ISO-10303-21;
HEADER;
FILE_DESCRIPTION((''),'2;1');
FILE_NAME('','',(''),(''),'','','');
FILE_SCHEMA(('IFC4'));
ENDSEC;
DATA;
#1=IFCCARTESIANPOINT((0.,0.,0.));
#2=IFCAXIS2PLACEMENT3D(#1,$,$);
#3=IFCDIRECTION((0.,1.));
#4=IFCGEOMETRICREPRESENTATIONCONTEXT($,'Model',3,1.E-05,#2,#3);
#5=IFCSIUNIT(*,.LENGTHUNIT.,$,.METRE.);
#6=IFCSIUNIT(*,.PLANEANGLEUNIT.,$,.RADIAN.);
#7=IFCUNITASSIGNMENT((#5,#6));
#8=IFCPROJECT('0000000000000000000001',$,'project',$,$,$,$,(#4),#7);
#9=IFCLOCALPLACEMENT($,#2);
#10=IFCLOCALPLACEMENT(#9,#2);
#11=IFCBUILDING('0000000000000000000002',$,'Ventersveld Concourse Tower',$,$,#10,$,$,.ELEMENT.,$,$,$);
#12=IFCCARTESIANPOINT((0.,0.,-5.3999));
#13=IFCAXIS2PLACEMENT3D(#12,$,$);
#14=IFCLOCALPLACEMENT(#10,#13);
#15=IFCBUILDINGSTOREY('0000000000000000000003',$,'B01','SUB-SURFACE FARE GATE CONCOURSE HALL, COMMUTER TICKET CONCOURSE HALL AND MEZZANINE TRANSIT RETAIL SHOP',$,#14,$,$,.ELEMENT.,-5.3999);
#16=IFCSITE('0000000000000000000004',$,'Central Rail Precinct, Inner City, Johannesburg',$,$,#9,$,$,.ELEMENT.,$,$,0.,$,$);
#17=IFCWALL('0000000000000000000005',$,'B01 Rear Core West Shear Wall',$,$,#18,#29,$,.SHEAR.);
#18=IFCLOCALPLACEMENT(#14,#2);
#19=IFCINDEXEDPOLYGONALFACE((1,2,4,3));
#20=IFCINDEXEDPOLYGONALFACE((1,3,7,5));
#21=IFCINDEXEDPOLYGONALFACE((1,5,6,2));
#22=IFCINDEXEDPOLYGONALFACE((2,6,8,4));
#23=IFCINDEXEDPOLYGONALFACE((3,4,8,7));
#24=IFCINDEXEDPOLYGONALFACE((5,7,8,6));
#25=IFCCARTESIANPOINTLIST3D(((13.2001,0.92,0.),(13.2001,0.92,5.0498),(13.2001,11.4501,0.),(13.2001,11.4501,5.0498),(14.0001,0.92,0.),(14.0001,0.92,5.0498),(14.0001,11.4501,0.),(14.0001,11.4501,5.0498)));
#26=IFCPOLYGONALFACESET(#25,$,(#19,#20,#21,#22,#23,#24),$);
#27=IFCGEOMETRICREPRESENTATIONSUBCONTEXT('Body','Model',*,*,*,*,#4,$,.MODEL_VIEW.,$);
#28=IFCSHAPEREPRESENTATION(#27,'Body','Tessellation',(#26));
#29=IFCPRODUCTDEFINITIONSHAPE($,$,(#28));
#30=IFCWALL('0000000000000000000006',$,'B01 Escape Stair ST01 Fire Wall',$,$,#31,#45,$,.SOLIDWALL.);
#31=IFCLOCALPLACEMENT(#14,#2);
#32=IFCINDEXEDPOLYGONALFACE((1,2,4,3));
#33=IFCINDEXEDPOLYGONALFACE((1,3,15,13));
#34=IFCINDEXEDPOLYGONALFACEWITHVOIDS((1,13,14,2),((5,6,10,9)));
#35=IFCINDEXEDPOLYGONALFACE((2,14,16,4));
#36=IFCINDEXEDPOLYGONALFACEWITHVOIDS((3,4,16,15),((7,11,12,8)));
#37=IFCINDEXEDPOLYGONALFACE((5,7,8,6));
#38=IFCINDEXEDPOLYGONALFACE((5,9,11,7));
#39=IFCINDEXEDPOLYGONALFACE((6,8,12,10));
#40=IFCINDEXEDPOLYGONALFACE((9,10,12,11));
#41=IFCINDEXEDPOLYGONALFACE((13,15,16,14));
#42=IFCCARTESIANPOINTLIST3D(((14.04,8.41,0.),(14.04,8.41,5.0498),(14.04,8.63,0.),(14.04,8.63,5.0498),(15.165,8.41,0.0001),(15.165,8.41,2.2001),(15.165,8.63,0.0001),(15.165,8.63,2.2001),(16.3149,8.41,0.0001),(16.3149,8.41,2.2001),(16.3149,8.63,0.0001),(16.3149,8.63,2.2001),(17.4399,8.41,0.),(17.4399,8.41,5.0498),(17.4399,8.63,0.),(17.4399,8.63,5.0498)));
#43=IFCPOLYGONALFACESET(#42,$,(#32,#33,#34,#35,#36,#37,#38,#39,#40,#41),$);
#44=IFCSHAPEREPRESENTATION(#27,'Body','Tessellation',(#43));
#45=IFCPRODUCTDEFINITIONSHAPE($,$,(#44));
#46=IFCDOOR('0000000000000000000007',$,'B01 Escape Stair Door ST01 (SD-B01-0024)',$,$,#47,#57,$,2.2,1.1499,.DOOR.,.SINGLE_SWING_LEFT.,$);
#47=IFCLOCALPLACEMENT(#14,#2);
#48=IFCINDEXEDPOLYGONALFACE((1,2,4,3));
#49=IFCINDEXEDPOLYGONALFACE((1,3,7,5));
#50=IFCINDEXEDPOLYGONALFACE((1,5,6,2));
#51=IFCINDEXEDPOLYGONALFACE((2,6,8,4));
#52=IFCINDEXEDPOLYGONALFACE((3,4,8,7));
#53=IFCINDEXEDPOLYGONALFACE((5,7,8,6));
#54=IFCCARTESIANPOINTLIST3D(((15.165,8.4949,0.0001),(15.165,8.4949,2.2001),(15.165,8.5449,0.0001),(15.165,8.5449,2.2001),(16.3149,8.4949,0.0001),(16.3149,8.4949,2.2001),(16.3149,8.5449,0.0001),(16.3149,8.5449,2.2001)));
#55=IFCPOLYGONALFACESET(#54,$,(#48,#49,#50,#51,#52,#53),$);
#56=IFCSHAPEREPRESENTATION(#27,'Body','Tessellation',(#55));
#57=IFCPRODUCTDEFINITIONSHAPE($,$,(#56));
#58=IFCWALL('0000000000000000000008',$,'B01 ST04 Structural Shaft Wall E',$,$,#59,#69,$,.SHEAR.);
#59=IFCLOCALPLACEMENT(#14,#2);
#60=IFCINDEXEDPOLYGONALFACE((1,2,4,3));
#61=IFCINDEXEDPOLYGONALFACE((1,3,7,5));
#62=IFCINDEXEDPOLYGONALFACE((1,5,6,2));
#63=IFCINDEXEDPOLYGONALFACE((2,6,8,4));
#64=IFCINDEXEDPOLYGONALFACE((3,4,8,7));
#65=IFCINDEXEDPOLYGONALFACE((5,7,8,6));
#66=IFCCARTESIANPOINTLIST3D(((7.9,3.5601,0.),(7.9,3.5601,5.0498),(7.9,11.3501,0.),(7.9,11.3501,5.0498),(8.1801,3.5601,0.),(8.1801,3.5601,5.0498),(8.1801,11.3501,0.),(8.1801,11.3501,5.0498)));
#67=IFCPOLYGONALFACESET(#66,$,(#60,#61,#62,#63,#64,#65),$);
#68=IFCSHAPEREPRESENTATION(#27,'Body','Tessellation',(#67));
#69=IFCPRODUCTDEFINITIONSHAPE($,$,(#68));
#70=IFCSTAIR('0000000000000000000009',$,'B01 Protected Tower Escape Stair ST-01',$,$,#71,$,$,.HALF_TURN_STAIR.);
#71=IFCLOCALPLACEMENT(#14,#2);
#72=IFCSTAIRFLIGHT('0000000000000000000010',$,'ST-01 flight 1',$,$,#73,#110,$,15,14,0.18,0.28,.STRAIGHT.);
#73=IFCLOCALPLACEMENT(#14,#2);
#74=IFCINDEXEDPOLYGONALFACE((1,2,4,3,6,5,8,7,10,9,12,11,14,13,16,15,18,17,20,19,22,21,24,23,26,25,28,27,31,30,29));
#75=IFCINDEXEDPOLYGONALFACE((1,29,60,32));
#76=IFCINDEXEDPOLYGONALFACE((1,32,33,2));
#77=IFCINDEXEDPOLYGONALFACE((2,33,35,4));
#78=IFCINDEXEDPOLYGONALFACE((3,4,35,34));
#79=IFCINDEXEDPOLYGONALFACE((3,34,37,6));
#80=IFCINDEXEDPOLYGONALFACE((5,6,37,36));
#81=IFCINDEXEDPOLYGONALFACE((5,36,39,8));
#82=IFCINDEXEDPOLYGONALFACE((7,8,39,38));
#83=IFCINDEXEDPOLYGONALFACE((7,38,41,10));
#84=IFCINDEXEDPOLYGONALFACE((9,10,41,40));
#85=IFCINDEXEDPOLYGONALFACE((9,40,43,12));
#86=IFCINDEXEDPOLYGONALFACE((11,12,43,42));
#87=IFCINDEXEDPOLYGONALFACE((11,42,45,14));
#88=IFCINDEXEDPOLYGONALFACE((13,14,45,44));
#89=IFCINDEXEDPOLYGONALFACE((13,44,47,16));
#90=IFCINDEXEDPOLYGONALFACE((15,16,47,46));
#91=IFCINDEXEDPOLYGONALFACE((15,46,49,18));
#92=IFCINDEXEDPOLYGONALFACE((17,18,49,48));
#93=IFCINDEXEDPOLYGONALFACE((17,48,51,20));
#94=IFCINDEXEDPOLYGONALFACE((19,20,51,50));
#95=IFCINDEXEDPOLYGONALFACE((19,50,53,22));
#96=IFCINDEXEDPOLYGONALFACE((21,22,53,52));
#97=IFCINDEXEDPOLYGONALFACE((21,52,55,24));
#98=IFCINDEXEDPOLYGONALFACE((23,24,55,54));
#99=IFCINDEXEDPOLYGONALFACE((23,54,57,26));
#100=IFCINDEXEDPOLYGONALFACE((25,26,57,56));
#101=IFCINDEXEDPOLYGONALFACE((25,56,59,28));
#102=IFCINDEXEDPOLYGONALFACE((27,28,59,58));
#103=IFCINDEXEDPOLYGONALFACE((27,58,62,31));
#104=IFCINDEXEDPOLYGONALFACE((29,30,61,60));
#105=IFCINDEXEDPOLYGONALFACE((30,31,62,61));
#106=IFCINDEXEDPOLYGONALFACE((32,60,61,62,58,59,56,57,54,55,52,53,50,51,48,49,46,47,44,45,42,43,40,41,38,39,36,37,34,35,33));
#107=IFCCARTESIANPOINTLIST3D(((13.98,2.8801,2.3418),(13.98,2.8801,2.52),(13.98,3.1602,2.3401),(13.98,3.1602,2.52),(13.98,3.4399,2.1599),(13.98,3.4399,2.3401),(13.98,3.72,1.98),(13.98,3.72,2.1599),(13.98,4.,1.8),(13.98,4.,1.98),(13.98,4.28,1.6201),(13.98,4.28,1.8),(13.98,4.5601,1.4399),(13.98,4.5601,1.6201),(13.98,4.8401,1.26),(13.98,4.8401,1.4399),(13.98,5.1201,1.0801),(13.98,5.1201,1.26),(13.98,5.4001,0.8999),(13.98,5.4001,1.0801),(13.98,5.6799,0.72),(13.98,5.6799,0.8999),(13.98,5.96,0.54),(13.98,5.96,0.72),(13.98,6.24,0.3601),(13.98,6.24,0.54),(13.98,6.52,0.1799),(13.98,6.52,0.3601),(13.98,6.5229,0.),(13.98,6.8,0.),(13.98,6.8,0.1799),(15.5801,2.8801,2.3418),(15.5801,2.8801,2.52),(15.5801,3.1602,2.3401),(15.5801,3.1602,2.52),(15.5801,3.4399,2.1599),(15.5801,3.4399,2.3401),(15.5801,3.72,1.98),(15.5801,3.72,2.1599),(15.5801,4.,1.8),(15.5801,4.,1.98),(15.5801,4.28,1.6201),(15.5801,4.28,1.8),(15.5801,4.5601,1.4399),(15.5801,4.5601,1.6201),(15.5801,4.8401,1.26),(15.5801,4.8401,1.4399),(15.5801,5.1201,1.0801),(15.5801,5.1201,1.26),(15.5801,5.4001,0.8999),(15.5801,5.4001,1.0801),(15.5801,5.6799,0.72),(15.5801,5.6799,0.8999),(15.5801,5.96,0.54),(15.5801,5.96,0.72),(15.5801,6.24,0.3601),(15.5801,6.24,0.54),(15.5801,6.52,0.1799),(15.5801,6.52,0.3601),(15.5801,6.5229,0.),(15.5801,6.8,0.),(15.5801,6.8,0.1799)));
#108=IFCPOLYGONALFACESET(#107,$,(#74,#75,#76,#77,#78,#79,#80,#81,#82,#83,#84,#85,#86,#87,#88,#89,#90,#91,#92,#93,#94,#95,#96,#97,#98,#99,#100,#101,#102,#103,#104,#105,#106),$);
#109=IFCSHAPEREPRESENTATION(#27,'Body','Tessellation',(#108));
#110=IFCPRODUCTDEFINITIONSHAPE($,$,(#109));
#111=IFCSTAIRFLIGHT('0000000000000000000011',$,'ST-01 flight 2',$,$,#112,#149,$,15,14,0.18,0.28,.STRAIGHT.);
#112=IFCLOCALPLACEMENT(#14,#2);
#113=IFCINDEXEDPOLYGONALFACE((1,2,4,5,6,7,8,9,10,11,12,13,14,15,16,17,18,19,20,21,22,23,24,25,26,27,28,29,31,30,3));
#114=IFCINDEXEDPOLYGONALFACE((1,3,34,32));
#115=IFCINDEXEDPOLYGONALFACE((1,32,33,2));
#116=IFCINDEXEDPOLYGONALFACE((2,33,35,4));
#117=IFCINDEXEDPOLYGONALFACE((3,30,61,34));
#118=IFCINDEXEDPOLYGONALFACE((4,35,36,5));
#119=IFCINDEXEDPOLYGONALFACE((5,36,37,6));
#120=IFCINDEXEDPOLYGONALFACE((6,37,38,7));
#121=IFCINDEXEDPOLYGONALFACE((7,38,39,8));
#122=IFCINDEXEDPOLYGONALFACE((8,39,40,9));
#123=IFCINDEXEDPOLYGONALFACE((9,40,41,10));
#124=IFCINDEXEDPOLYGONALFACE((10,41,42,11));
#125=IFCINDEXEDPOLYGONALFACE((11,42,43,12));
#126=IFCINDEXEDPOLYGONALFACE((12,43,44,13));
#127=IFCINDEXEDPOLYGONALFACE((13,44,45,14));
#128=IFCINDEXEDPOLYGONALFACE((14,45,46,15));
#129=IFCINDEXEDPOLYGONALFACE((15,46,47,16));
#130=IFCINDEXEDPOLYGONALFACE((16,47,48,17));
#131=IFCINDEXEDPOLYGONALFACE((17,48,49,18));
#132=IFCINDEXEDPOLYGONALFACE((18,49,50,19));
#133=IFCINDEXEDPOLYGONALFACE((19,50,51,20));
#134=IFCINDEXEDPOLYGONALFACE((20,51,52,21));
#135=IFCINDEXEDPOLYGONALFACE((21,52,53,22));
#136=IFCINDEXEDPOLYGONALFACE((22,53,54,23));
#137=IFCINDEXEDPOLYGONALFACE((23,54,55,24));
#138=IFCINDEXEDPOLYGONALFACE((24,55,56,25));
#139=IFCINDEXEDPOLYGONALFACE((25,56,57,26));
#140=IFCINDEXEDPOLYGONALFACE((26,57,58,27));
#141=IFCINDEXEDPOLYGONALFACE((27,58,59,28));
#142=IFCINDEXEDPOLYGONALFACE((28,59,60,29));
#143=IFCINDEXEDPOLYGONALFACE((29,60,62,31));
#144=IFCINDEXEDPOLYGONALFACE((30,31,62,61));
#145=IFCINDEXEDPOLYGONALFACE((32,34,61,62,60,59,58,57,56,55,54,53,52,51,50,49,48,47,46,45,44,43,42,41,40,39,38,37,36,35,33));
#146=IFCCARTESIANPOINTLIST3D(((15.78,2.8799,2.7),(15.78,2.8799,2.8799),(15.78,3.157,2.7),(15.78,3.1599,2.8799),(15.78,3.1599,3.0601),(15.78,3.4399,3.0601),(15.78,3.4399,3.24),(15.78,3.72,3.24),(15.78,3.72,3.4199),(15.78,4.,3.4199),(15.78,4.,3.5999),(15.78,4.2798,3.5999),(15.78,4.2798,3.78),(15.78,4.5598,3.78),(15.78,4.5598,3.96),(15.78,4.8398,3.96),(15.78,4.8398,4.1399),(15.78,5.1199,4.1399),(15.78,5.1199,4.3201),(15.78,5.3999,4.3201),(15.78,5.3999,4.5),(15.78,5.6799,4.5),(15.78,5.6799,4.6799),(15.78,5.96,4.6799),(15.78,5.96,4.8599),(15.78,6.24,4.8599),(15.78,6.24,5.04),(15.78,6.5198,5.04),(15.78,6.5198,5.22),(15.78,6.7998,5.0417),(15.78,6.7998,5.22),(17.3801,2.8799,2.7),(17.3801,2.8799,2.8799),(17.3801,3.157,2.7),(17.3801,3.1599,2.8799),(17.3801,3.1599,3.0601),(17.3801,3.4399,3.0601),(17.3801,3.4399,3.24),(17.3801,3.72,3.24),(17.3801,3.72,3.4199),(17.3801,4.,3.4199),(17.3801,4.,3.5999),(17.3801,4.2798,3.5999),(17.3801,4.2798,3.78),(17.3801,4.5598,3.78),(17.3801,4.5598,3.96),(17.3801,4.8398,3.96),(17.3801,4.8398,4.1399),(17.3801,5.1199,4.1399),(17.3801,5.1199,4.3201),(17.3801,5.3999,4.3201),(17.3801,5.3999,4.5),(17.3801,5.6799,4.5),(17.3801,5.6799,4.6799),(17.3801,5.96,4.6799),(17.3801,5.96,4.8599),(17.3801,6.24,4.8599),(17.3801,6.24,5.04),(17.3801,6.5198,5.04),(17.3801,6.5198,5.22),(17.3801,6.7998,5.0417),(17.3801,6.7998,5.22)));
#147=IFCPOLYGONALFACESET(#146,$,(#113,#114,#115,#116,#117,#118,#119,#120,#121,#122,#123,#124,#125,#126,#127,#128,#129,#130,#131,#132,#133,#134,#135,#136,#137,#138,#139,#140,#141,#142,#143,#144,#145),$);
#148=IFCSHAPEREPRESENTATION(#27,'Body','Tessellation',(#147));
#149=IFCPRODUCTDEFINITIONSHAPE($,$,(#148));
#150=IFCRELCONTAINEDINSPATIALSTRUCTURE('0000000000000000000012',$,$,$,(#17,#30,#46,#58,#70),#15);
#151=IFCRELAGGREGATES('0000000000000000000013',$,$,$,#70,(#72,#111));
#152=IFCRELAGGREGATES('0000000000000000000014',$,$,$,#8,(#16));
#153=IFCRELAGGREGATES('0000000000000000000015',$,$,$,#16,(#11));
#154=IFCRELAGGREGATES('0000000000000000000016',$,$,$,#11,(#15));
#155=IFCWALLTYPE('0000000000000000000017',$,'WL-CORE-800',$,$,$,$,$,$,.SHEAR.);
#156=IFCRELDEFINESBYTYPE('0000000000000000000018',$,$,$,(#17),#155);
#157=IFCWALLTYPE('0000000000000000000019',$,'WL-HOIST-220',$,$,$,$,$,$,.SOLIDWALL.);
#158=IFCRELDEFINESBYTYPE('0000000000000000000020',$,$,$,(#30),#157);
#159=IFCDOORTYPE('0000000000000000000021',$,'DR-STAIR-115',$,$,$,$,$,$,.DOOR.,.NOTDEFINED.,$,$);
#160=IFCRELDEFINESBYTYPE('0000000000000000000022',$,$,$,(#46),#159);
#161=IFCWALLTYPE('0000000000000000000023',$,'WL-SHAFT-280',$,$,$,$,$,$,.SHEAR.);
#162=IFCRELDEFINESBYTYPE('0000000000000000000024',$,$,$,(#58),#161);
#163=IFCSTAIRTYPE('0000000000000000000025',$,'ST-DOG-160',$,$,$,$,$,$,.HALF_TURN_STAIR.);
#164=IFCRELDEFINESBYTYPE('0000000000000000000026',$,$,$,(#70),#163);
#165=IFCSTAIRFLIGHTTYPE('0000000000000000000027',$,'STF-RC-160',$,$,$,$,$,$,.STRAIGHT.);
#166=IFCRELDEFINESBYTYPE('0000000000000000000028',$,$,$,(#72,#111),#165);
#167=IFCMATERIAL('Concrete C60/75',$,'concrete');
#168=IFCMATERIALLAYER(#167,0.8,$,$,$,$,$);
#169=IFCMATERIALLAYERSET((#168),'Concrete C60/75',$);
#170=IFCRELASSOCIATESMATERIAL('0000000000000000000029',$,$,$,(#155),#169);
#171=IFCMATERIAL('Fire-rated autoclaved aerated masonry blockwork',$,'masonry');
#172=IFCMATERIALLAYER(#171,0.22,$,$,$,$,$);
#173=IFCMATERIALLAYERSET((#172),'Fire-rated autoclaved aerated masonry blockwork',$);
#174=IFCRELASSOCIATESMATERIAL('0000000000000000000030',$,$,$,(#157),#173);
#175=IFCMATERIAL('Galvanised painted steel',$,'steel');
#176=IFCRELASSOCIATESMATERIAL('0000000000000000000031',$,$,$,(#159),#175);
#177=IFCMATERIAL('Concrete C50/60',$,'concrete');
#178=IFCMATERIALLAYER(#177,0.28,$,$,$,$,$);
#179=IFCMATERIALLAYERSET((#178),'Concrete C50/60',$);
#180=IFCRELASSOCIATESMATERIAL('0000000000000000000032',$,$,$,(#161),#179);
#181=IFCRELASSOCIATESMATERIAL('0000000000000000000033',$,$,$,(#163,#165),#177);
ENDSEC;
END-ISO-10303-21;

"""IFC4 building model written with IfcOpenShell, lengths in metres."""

from ifc_helpers import new_model, si_unit, direction, frame, frame_2d, origin, place, context, subcontext, project, spatial, polyline, rectangle, outline, extrude, material, layer, layer_set, type_object, element, fill, aggregate, save


model = new_model("IFC4")

# Units and contexts
model_context = context("Model", 3, precision=1e-05, world=origin(), true_north=direction((0.0, 1.0)))
body_context = subcontext(model_context, "Body", "Model", "MODEL_VIEW")
ifc_project = project(units=[si_unit("LENGTHUNIT", "METRE"), si_unit("PLANEANGLEUNIT", "RADIAN")], contexts=[model_context])

# Site, building, storey
site_placement = place(None, origin())
site = spatial("IfcSite", under=ifc_project, at=site_placement, Name="Central Rail Precinct, Inner City, Johannesburg", CompositionType="ELEMENT", RefElevation=0.0)
building_placement = place(site_placement, origin())
building = spatial("IfcBuilding", under=site, at=building_placement, Name="Ventersveld Concourse Tower", CompositionType="ELEMENT")
storey_placement = place(building_placement, frame((0.0, 0.0, -5.3999)))
storey = spatial("IfcBuildingStorey", under=building, at=storey_placement, Name="B01", Description="SUB-SURFACE FARE GATE CONCOURSE HALL, COMMUTER TICKET CONCOURSE HALL AND MEZZANINE TRANSIT RETAIL SHOP", CompositionType="ELEMENT", Elevation=-5.3999)

# Shared definitions
ifc_material_1 = material(Name="Concrete C50/60", Category="concrete")
ifc_material_2 = material(Name="Concrete C60/75", Category="concrete")

# Wall
ifc_layer_1 = layer(ifc_material_2, 0.8)
ifc_layer_set_1 = layer_set([ifc_layer_1], Name="Concrete C60/75")
wall_type_1 = type_object("IfcWallType", Name="WL-CORE-800", PredefinedType="SHEAR", material=ifc_layer_set_1)
wall_1_placement = place(storey_placement, frame((13.6001, 0.9199, 0.0), z_axis=(0.0, 0.0, 1.0), x_axis=(0.0, 1.0, 0.0)))
element("IfcWall", 1, at=wall_1_placement, inside=storey, type_object=wall_type_1, Name="B01 Rear Core West Shear Wall", PredefinedType="SHEAR", context=body_context, shape_type="SweptSolid", body=[
    extrude(rectangle(XDim=10.53, YDim=0.8, at=frame_2d((5.2651, 0.0))), origin(), (0.0, 0.0, 1.0), 5.0498),
])

# Wall, opening, door
ifc_material_3 = material(Name="Fire-rated autoclaved aerated masonry blockwork", Category="masonry")
ifc_layer_2 = layer(ifc_material_3, 0.22)
ifc_layer_set_2 = layer_set([ifc_layer_2], Name="Fire-rated autoclaved aerated masonry blockwork")
wall_type_2 = type_object("IfcWallType", Name="WL-HOIST-220", PredefinedType="SOLIDWALL", material=ifc_layer_set_2)
wall_2_placement = place(storey_placement, frame((14.04, 8.52, 0.0), z_axis=(0.0, 0.0, 1.0), x_axis=(1.0, 0.0, 0.0)))
wall_2 = element("IfcWall", 2, at=wall_2_placement, inside=storey, type_object=wall_type_2, Name="B01 Escape Stair ST01 Fire Wall", PredefinedType="SOLIDWALL", context=body_context, shape_type="SweptSolid", body=[
    extrude(rectangle(XDim=3.3999, YDim=0.22, at=frame_2d((1.7, 0.0))), origin(), (0.0, 0.0, 1.0), 5.0498),
])
opening_placement = place(wall_2_placement, frame((1.125, 0.0, 0.0)))
opening = element("IfcOpeningElement", 3, at=opening_placement, cuts=wall_2, PredefinedType="OPENING", context=body_context, shape_type="SweptSolid", body=[
    extrude(rectangle(XDim=1.1499, YDim=2.2, at=frame_2d((0.575, 1.1001))), frame((0.0, 0.1201, 0.0), z_axis=(0.0, -1.0, 0.0), x_axis=(1.0, 0.0, 0.0)), (0.0, 0.0, 1.0), 0.24),
])
ifc_material_4 = material(Name="Galvanised painted steel", Category="steel")
door_type = type_object("IfcDoorType", Name="DR-STAIR-115", OperationType="NOTDEFINED", PredefinedType="DOOR", material=ifc_material_4)
door_placement = place(opening_placement, origin())
door = element("IfcDoor", 4, at=door_placement, inside=storey, type_object=door_type, Name="B01 Escape Stair Door ST01 (SD-B01-0024)", OperationType="SINGLE_SWING_LEFT", OverallHeight=2.2, OverallWidth=1.1499, PredefinedType="DOOR", context=body_context, shape_type="SweptSolid", body=[
    extrude(rectangle(XDim=1.1499, YDim=2.2, at=frame_2d((0.575, 1.1001))), frame((0.0, 0.0249, 0.0), z_axis=(0.0, -1.0, 0.0), x_axis=(1.0, 0.0, 0.0)), (0.0, 0.0, 1.0), 0.05),
])
fill(opening, door)

# Wall
ifc_layer_3 = layer(ifc_material_1, 0.28)
ifc_layer_set_3 = layer_set([ifc_layer_3], Name="Concrete C50/60")
wall_type_3 = type_object("IfcWallType", Name="WL-SHAFT-280", PredefinedType="SHEAR", material=ifc_layer_set_3)
wall_3_placement = place(storey_placement, frame((8.04, 3.5601, 0.0), z_axis=(0.0, 0.0, 1.0), x_axis=(0.0, 1.0, 0.0)))
element("IfcWall", 5, at=wall_3_placement, inside=storey, type_object=wall_type_3, Name="B01 ST04 Structural Shaft Wall E", PredefinedType="SHEAR", context=body_context, shape_type="SweptSolid", body=[
    extrude(rectangle(XDim=7.79, YDim=0.28, at=frame_2d((3.895, 0.0))), origin(), (0.0, 0.0, 1.0), 5.0498),
])

# Stair, stair flights
stair_type = type_object("IfcStairType", Name="ST-DOG-160", PredefinedType="HALF_TURN_STAIR", material=ifc_material_1)
stair_1_placement = place(storey_placement, origin())
stair_1 = element("IfcStair", 6, at=stair_1_placement, inside=storey, type_object=stair_type, Name="B01 Protected Tower Escape Stair ST-01", PredefinedType="HALF_TURN_STAIR")
stair_flight_type = type_object("IfcStairFlightType", Name="STF-RC-160", PredefinedType="STRAIGHT", material=ifc_material_1)
stair_flight_1_placement = place(storey_placement, frame((14.78, 6.8, 0.0), z_axis=(0.0, 0.0, 1.0), x_axis=(0.0, -1.0, 0.0)))
stair_flight_1 = element("IfcStairFlight", 7, at=stair_flight_1_placement, type_object=stair_flight_type, Name="ST-01 flight 1", NumberOfRisers=15, NumberOfTreads=14, PredefinedType="STRAIGHT", RiserHeight=0.18, TreadLength=0.28, context=body_context, shape_type="SweptSolid", body=[
    extrude(outline(polyline([(0.0, 0.0), (0.0, 0.1799), (0.28, 0.1799), (0.28, 0.3601), (0.5601, 0.3601), (0.5601, 0.54), (0.8401, 0.54), (0.8401, 0.72), (1.1201, 0.72), (1.1201, 0.8999), (1.3999, 0.8999), (1.3999, 1.0801), (1.6799, 1.0801), (1.6799, 1.26), (1.96, 1.26), (1.96, 1.4399), (2.24, 1.4399), (2.24, 1.6201), (2.52, 1.6201), (2.52, 1.8), (2.8, 1.8), (2.8, 1.98), (3.0801, 1.98), (3.0801, 2.1599), (3.3601, 2.1599), (3.3601, 2.3401), (3.6399, 2.3401), (3.6399, 2.52), (3.9199, 2.52), (3.9199, 2.7), (3.9199, 2.3418), (0.2771, 0.0), (0.0, 0.0)])), frame((0.0, 0.8, 0.0), z_axis=(0.0, -1.0, 0.0), x_axis=(1.0, 0.0, 0.0)), (0.0, 0.0, 1.0), 1.6001),
])
stair_flight_2_placement = place(storey_placement, frame((16.5801, 2.8799, 2.7), z_axis=(0.0, 0.0, 1.0), x_axis=(0.0, 1.0, 0.0)))
stair_flight_2 = element("IfcStairFlight", 8, at=stair_flight_2_placement, type_object=stair_flight_type, Name="ST-01 flight 2", NumberOfRisers=15, NumberOfTreads=14, PredefinedType="STRAIGHT", RiserHeight=0.18, TreadLength=0.28, context=body_context, shape_type="SweptSolid", body=[
    extrude(outline(polyline([(0.0, 0.0), (0.0, 0.1799), (0.28, 0.1799), (0.28, 0.3601), (0.5601, 0.3601), (0.5601, 0.54), (0.8401, 0.54), (0.8401, 0.72), (1.1201, 0.72), (1.1201, 0.8999), (1.3999, 0.8999), (1.3999, 1.0801), (1.6799, 1.0801), (1.6799, 1.26), (1.96, 1.26), (1.96, 1.4399), (2.24, 1.4399), (2.24, 1.6201), (2.52, 1.6201), (2.52, 1.8), (2.8, 1.8), (2.8, 1.98), (3.0801, 1.98), (3.0801, 2.1599), (3.3601, 2.1599), (3.3601, 2.3401), (3.6399, 2.3401), (3.6399, 2.52), (3.9199, 2.52), (3.9199, 2.7), (3.9199, 2.3418), (0.2771, 0.0), (0.0, 0.0)])), frame((0.0, 0.8, 0.0), z_axis=(0.0, -1.0, 0.0), x_axis=(1.0, 0.0, 0.0)), (0.0, 0.0, 1.0), 1.6001),
])
aggregate(stair_1, [stair_flight_1, stair_flight_2])

save(model, "model.ifc")
